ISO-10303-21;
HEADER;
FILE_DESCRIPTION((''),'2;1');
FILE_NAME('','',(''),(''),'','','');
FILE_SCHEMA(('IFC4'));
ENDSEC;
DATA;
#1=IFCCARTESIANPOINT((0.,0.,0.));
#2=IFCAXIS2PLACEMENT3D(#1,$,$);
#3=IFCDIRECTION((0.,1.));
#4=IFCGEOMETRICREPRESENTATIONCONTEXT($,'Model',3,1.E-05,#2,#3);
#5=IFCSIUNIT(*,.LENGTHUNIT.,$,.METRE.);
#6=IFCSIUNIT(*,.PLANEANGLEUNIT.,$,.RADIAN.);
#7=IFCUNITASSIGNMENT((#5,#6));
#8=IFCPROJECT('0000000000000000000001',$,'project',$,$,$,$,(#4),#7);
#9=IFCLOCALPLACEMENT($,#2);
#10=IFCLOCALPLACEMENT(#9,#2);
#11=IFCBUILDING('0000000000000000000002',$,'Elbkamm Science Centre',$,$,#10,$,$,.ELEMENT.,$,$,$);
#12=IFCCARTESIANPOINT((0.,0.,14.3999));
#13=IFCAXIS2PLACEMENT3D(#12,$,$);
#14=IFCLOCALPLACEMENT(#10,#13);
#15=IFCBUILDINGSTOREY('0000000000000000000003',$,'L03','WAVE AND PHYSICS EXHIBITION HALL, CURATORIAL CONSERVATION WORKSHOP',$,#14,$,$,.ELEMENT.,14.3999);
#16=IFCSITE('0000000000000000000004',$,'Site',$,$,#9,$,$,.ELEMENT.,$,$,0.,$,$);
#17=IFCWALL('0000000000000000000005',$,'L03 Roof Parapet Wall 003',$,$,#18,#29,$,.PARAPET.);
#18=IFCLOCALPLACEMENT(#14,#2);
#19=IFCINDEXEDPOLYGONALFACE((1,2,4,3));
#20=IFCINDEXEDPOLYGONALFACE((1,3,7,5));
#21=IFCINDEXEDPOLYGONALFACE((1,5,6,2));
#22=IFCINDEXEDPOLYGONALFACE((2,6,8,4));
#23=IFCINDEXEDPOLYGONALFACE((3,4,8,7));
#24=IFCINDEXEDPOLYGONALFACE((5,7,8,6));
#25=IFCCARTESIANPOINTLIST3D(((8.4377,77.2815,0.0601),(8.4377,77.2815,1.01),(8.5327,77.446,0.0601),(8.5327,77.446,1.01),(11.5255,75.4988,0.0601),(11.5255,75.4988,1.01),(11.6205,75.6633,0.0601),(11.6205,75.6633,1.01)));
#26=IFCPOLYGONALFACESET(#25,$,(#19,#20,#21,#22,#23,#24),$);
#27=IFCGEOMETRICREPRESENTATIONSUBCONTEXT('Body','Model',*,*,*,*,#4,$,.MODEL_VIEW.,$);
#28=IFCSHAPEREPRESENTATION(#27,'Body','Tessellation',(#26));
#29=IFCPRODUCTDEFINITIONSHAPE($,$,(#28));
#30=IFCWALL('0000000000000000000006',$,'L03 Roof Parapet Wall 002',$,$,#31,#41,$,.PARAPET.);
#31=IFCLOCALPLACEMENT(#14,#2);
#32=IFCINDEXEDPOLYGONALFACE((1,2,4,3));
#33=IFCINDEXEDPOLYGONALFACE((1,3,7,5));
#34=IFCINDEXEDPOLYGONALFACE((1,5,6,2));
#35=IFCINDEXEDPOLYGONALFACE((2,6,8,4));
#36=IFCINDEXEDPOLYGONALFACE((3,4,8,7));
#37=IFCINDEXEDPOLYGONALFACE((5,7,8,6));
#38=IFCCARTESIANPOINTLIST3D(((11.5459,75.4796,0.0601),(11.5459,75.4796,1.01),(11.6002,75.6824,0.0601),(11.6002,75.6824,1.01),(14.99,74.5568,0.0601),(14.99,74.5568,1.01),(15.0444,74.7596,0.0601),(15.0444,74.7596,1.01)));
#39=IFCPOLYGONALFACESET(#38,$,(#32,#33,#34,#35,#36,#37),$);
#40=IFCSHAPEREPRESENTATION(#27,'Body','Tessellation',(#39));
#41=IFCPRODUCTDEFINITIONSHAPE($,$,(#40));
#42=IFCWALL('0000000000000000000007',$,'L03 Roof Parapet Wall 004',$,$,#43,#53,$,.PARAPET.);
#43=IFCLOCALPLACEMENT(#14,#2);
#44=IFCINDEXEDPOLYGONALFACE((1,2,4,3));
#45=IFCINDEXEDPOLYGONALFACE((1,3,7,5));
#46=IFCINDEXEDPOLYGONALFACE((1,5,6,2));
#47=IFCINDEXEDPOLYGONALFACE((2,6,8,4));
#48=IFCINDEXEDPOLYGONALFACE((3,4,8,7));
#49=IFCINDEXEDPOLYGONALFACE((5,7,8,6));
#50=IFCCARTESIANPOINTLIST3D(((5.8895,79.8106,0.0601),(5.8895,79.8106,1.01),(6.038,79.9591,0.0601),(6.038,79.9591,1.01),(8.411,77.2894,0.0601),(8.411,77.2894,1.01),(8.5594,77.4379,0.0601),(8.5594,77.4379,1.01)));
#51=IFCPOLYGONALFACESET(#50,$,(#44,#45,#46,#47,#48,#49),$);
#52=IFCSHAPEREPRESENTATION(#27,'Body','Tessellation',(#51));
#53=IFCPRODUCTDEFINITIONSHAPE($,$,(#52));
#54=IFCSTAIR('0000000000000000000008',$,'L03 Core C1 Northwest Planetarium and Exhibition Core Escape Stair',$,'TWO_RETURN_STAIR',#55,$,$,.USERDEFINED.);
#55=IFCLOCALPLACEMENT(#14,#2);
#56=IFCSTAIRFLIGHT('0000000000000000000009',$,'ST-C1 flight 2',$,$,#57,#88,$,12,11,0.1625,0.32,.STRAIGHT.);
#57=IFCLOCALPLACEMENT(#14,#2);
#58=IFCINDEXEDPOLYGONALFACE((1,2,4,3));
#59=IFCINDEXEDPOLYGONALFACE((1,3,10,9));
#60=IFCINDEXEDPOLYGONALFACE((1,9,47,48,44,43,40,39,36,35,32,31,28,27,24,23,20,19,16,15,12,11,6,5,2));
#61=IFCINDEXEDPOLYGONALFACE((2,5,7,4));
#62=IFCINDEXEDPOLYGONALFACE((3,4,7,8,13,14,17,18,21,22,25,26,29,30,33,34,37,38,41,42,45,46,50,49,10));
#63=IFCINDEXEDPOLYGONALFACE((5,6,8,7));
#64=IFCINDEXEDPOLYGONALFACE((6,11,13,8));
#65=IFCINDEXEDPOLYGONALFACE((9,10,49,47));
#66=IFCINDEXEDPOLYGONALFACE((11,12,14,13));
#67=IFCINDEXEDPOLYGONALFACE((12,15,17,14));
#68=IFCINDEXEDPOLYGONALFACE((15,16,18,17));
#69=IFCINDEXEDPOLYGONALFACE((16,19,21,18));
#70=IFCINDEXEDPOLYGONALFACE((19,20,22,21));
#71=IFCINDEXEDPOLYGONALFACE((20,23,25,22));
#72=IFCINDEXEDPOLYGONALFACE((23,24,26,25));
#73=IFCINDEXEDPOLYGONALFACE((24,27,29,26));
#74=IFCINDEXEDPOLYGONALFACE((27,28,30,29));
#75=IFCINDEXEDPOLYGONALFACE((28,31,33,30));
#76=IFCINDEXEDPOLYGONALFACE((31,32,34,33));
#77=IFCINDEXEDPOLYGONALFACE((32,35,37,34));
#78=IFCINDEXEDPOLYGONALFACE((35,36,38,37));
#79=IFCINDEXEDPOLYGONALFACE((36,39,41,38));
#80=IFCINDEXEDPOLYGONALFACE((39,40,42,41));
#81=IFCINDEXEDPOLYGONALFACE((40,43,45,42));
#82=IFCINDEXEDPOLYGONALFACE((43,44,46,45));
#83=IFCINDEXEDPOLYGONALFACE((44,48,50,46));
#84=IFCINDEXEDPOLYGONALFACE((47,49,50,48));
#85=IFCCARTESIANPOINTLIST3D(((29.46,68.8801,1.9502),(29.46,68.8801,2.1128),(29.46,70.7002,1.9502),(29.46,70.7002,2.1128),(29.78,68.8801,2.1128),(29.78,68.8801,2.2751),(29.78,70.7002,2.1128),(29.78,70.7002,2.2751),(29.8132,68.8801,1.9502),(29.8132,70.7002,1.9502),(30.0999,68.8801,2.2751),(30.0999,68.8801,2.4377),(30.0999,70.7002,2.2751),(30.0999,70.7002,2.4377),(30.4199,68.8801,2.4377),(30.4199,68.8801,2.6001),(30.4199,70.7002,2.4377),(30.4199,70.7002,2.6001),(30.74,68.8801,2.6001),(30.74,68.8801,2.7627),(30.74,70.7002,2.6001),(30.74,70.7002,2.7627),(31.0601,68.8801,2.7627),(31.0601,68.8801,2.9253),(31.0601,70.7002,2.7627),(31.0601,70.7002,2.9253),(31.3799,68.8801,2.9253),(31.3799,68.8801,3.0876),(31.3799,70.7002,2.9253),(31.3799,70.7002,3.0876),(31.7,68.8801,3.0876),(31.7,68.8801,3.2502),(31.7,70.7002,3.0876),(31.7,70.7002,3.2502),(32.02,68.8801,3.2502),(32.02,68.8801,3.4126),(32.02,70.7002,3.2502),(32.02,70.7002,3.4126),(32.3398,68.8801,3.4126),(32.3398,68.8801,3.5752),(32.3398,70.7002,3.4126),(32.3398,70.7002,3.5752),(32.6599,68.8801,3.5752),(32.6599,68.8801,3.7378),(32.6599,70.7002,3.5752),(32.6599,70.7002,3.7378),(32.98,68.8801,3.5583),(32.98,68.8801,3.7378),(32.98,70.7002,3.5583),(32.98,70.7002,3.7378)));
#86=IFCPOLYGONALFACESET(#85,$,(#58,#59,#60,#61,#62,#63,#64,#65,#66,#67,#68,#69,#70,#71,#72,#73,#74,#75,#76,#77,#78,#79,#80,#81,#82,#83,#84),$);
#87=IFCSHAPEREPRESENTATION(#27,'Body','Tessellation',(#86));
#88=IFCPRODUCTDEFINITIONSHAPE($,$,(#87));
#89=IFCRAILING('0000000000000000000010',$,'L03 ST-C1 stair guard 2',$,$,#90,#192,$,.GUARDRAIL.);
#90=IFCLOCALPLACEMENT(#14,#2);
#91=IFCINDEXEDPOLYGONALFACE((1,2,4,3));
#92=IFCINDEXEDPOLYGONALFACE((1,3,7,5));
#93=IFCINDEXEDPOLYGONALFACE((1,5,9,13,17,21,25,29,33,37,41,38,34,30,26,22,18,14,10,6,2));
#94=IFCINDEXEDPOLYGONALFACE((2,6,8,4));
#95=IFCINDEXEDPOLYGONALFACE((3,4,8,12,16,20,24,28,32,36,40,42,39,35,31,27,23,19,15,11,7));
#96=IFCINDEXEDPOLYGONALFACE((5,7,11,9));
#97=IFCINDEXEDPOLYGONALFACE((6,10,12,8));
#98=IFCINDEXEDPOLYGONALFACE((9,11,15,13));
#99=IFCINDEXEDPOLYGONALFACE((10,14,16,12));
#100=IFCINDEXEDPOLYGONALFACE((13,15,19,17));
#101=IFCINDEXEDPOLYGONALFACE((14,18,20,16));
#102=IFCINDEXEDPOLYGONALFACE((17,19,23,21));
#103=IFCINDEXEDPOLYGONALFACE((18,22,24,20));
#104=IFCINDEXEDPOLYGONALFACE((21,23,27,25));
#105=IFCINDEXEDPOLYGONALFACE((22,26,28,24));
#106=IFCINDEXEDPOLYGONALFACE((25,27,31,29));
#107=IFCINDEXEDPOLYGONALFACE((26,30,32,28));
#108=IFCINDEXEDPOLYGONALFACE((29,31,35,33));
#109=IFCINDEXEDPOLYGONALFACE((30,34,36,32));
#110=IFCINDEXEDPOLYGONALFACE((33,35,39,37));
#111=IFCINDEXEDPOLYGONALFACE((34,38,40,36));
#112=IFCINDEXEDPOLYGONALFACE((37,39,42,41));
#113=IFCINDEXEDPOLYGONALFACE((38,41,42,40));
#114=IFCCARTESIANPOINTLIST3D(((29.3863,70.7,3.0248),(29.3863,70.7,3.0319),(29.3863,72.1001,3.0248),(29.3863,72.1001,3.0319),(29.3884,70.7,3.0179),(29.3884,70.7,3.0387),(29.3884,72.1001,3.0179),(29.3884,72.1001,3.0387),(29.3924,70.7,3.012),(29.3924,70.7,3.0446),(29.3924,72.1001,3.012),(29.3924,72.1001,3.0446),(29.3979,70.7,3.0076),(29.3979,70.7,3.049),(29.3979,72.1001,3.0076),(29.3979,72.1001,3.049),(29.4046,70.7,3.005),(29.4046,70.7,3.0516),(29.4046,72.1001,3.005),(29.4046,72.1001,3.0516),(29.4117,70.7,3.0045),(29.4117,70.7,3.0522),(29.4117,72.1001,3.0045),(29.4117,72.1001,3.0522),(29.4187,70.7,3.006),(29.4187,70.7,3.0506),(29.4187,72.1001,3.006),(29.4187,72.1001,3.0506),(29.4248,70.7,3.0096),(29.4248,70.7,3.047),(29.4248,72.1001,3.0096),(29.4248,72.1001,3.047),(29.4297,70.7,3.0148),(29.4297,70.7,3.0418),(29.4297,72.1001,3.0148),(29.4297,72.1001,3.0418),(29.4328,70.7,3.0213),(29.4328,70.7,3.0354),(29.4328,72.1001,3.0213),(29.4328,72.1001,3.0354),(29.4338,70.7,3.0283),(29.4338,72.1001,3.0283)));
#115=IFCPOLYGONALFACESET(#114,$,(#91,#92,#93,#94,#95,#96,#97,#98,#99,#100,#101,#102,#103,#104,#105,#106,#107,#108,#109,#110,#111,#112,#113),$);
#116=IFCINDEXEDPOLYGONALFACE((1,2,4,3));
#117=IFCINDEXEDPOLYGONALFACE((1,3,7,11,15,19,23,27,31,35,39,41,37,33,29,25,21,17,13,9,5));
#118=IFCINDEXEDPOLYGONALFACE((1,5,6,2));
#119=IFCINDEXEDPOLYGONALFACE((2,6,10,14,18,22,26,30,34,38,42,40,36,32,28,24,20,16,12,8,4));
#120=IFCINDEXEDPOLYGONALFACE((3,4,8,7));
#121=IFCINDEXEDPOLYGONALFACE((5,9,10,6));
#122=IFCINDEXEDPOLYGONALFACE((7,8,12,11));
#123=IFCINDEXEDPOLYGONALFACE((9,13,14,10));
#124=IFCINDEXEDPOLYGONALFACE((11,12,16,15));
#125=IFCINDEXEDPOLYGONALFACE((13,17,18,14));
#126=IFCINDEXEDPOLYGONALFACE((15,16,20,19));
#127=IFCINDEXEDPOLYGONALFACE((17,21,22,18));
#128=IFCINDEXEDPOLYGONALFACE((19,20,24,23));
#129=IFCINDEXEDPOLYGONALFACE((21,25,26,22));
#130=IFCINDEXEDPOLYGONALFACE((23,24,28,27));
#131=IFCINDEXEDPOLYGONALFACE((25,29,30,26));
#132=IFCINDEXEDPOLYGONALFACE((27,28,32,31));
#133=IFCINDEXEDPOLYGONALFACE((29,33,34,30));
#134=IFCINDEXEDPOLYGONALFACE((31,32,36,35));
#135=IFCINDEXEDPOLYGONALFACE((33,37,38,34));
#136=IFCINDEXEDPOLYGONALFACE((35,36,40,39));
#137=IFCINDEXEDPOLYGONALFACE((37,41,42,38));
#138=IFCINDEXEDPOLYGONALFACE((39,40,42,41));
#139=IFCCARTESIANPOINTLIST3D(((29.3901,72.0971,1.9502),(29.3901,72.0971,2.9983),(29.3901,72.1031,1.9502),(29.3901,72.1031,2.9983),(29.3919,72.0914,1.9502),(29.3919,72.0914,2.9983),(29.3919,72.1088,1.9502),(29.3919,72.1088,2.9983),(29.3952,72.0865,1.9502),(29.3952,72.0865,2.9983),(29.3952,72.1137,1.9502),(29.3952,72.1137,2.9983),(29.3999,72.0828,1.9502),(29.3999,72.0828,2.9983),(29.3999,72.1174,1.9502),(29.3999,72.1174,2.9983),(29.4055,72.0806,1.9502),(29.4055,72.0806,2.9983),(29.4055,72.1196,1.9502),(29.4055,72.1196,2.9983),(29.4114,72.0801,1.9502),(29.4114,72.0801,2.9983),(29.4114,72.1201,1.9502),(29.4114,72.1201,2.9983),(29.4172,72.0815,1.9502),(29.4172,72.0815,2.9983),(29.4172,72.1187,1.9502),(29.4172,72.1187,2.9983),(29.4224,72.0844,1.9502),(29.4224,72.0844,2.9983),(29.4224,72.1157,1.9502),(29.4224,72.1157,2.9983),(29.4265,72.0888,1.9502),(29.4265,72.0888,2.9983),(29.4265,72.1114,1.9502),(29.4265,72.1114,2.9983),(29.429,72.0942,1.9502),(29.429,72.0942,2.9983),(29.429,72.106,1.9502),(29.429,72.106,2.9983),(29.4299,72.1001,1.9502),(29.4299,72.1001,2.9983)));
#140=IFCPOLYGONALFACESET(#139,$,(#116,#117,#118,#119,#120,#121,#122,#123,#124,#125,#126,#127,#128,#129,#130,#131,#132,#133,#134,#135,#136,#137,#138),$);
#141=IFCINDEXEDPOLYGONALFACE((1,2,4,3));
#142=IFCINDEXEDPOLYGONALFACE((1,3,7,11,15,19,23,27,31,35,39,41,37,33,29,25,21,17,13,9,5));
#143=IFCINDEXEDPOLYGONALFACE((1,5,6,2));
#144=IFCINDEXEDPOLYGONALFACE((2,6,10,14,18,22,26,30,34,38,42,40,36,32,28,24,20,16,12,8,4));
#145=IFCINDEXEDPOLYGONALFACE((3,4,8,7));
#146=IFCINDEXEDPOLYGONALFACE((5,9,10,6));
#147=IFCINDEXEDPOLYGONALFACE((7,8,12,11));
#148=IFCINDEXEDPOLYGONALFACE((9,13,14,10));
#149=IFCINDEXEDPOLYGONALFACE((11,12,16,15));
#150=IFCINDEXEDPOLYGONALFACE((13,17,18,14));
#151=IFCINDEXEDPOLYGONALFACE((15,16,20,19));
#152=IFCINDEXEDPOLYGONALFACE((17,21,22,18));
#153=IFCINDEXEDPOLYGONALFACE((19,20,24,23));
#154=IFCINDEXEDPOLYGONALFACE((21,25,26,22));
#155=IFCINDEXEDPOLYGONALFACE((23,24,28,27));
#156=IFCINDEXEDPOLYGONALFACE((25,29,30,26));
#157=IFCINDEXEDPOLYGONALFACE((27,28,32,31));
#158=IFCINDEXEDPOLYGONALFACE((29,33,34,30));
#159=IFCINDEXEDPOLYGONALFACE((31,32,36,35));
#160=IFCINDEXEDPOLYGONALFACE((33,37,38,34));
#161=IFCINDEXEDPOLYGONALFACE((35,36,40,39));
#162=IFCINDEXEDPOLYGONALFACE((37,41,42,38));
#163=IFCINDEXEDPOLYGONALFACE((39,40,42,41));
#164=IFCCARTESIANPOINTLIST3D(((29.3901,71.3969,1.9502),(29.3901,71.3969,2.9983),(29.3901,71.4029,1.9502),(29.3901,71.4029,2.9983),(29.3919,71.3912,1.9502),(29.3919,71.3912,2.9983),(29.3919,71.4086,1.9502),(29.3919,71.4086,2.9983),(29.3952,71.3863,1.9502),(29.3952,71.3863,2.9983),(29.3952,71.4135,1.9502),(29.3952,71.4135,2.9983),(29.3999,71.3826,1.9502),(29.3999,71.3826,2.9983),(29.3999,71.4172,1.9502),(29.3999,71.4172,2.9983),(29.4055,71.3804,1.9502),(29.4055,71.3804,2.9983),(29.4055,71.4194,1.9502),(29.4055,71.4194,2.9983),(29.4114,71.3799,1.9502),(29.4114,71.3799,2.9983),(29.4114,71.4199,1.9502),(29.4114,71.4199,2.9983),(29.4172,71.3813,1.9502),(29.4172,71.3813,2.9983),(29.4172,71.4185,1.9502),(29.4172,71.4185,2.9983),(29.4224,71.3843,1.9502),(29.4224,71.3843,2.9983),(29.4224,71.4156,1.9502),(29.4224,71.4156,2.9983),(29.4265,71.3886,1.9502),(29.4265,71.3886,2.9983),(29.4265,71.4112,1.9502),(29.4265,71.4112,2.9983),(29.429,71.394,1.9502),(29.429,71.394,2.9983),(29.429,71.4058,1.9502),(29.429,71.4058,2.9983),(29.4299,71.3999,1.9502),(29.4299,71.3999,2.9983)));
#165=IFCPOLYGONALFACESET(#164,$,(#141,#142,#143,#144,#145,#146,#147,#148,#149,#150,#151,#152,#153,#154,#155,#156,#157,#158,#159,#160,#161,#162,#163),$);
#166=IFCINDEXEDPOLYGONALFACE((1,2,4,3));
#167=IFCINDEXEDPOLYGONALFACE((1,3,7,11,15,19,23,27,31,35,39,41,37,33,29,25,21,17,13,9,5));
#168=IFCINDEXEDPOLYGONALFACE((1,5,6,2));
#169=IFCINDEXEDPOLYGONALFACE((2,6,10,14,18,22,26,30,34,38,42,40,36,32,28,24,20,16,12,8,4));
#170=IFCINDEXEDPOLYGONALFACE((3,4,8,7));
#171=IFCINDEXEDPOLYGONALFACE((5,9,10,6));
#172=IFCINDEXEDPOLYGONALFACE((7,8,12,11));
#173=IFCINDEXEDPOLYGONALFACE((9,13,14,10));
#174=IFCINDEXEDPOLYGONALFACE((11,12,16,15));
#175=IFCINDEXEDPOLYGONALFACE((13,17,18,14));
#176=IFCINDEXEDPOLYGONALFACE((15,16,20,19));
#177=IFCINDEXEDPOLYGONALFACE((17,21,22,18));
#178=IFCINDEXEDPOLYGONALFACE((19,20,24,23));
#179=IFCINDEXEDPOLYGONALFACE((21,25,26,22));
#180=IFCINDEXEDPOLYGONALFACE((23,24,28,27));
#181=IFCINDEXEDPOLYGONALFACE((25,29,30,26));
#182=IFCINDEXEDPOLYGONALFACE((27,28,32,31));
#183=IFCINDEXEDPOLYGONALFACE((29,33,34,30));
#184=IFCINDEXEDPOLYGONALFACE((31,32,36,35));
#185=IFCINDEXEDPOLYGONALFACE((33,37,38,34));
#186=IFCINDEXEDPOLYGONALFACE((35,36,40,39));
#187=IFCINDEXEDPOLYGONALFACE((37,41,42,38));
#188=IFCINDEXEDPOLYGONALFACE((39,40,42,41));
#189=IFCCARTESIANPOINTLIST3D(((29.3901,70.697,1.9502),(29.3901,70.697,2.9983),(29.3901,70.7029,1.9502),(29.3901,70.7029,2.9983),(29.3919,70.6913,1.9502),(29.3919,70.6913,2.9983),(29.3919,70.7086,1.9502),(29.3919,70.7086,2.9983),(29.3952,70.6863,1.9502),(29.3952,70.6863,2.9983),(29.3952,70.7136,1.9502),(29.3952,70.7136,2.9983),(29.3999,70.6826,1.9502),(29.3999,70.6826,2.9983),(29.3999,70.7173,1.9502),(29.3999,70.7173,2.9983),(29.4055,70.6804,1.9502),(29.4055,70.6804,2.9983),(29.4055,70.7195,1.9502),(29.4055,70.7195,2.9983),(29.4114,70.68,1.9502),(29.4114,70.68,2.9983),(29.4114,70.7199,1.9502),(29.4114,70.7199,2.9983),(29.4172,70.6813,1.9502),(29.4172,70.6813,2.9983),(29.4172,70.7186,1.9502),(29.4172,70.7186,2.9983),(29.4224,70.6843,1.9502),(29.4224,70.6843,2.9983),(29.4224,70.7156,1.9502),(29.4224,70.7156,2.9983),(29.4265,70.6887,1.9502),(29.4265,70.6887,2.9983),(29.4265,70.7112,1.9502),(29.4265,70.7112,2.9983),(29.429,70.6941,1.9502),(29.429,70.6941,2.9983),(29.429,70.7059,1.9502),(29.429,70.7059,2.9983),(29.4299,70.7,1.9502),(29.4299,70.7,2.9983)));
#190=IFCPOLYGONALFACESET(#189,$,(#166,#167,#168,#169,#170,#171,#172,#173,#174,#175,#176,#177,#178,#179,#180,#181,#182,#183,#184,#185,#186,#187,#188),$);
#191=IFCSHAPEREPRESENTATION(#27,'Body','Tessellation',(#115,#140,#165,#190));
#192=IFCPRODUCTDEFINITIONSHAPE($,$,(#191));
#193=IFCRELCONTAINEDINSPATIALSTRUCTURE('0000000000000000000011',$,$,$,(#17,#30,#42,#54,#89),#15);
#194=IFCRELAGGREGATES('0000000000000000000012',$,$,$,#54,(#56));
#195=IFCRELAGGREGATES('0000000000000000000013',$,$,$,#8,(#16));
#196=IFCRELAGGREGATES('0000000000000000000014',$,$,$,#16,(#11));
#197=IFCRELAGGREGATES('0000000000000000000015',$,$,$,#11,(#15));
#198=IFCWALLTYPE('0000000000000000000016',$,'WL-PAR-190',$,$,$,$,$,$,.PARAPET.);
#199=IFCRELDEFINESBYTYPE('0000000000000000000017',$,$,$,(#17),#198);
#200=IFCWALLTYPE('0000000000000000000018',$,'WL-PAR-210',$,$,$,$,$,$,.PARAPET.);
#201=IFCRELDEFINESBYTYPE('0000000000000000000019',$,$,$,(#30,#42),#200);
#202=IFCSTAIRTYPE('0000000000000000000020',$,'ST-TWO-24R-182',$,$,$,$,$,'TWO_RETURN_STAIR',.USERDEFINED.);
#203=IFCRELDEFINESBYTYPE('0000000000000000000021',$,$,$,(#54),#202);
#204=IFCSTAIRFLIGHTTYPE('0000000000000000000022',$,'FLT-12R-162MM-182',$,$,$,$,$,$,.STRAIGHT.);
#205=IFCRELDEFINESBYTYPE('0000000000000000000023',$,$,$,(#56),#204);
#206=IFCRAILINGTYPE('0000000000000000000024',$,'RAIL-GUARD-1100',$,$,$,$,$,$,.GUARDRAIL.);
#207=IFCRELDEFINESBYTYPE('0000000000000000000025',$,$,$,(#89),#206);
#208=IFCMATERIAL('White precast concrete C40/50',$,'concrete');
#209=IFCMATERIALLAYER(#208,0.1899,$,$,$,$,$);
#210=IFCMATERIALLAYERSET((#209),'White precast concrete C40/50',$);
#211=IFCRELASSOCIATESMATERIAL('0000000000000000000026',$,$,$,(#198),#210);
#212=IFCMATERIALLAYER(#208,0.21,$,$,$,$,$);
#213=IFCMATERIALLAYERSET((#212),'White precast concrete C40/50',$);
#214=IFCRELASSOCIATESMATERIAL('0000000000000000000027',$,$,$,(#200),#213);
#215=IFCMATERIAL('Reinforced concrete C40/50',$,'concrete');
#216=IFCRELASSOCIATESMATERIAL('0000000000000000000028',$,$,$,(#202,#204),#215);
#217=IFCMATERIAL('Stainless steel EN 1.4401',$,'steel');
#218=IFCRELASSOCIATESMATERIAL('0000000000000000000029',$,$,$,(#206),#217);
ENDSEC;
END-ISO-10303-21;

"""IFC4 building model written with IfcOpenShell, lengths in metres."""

from ifc_helpers import new_model, si_unit, direction, frame, frame_2d, origin, origin_2d, place, context, subcontext, project, spatial, polyline, rectangle, circle, outline, extrude, material, layer, layer_set, type_object, element, aggregate, save


model = new_model("IFC4")

# Units and contexts
model_context = context("Model", 3, precision=1e-05, world=origin(), true_north=direction((0.0, 1.0)))
body_context = subcontext(model_context, "Body", "Model", "MODEL_VIEW")
ifc_project = project(units=[si_unit("LENGTHUNIT", "METRE"), si_unit("PLANEANGLEUNIT", "RADIAN")], contexts=[model_context])

# Site, building, storey
site_placement = place(None, origin())
site = spatial("IfcSite", under=ifc_project, at=site_placement, Name="Site", CompositionType="ELEMENT", RefElevation=0.0)
building_placement = place(site_placement, origin())
building = spatial("IfcBuilding", under=site, at=building_placement, Name="Elbkamm Science Centre", CompositionType="ELEMENT")
storey_placement = place(building_placement, frame((0.0, 0.0, 14.3999)))
storey = spatial("IfcBuildingStorey", under=building, at=storey_placement, Name="L03", Description="WAVE AND PHYSICS EXHIBITION HALL, CURATORIAL CONSERVATION WORKSHOP", CompositionType="ELEMENT", Elevation=14.3999)

# Shared definitions
ifc_material_1 = material(Name="Reinforced concrete C40/50", Category="concrete")

# Walls
ifc_material_2 = material(Name="White precast concrete C40/50", Category="concrete")
ifc_layer_1 = layer(ifc_material_2, 0.1899)
ifc_layer_set_1 = layer_set([ifc_layer_1], Name="White precast concrete C40/50")
wall_type_1 = type_object("IfcWallType", Name="WL-PAR-190", PredefinedType="PARAPET", material=ifc_layer_set_1)
wall_1_placement = place(storey_placement, frame((11.573, 75.5811, 0.0601), z_axis=(0.0, 0.0, 1.0), x_axis=(-0.866035, 0.499983, 0.0)))
element("IfcWall", 1, at=wall_1_placement, inside=storey, type_object=wall_type_1, Name="L03 Roof Parapet Wall 003", PredefinedType="PARAPET", context=body_context, shape_type="SweptSolid", body=[
    extrude(rectangle(XDim=3.5654, YDim=0.1899, at=frame_2d((1.7827, 0.0))), origin(), (0.0, 0.0, 1.0), 0.95),
])
ifc_layer_2 = layer(ifc_material_2, 0.21)
ifc_layer_set_2 = layer_set([ifc_layer_2], Name="White precast concrete C40/50")
wall_type_2 = type_object("IfcWallType", Name="WL-PAR-210", PredefinedType="PARAPET", material=ifc_layer_set_2)
for number, where, z_axis, x_axis, name in (
    (2, (15.0171, 74.6582, 0.0601), (0.0, 0.0, 1.0), (-0.965925, 0.258822, 0.0), "L03 Roof Parapet Wall 002"),
    (3, (8.4851, 77.3638, 0.0601), (0.0, 0.0, 1.0), (-0.707141, 0.707073, 0.0), "L03 Roof Parapet Wall 004"),
):
    element("IfcWall", number, at=place(storey_placement, frame(where, z_axis=z_axis, x_axis=x_axis)), inside=storey, type_object=wall_type_2, Name=name, PredefinedType="PARAPET", context=body_context, shape_type="SweptSolid", body=[
        extrude(rectangle(XDim=3.5657, YDim=0.21, at=frame_2d((1.7827, 0.0))), origin(), (0.0, 0.0, 1.0), 0.95),
    ])

# Stair, stair flight
stair_type = type_object("IfcStairType", Name="ST-TWO-24R-182", ElementType="TWO_RETURN_STAIR", PredefinedType="USERDEFINED", material=ifc_material_1)
stair_placement = place(storey_placement, origin())
stair = element("IfcStair", 4, at=stair_placement, inside=storey, type_object=stair_type, Name="L03 Core C1 Northwest Planetarium and Exhibition Core Escape Stair", ObjectType="TWO_RETURN_STAIR", PredefinedType="USERDEFINED")
stair_flight_type = type_object("IfcStairFlightType", Name="FLT-12R-162MM-182", PredefinedType="STRAIGHT", material=ifc_material_1)
stair_flight_placement = place(storey_placement, frame((29.46, 69.79, 1.9502), z_axis=(0.0, 0.0, 1.0), x_axis=(1.0, 0.0, 0.0)))
stair_flight = element("IfcStairFlight", 5, at=stair_flight_placement, type_object=stair_flight_type, Name="ST-C1 flight 2", NumberOfRisers=12, NumberOfTreads=11, PredefinedType="STRAIGHT", RiserHeight=0.1625, TreadLength=0.32, context=body_context, shape_type="SweptSolid", body=[
    extrude(outline(polyline([(0.0, 0.0), (0.0, 0.1626), (0.3201, 0.1626), (0.3201, 0.325), (0.6399, 0.325), (0.6399, 0.4875), (0.96, 0.4875), (0.96, 0.6499), (1.28, 0.6499), (1.28, 0.8125), (1.6001, 0.8125), (1.6001, 0.9751), (1.9199, 0.9751), (1.9199, 1.1375), (2.24, 1.1375), (2.24, 1.3), (2.5601, 1.3), (2.5601, 1.4624), (2.8799, 1.4624), (2.8799, 1.625), (3.2, 1.625), (3.2, 1.7876), (3.52, 1.7876), (3.52, 1.95), (3.52, 1.6082), (0.3533, 0.0), (0.0, 0.0)])), frame((0.0, 0.9102, 0.0), z_axis=(0.0, -1.0, 0.0), x_axis=(1.0, 0.0, 0.0)), (0.0, 0.0, 1.0), 1.8201),
])
aggregate(stair, [stair_flight])

# Railing
ifc_material_3 = material(Name="Stainless steel EN 1.4401", Category="steel")
railing_type_1 = type_object("IfcRailingType", Name="RAIL-GUARD-1100", PredefinedType="GUARDRAIL", material=ifc_material_3)
railing_1_placement = place(storey_placement, frame((29.4099, 72.1001, 1.9502)))
element("IfcRailing", 6, at=railing_1_placement, inside=storey, type_object=railing_type_1, Name="L03 ST-C1 stair guard 2", PredefinedType="GUARDRAIL", context=body_context, shape_type="SweptSolid", body=[
    extrude(circle(Radius=0.0239, at=origin_2d()), frame((0.0, 0.0, 1.0781), z_axis=(0.0, -1.0, 0.0), x_axis=(1.0, 0.0, 0.0)), (0.0, 0.0, 1.0), 1.4001),
    extrude(circle(Radius=0.02, at=origin_2d()), origin(), (0.0, 0.0, 1.0), 1.0481),
    extrude(circle(Radius=0.02, at=origin_2d()), frame((0.0, -0.7002, 0.0)), (0.0, 0.0, 1.0), 1.0481),
    extrude(circle(Radius=0.02, at=origin_2d()), frame((0.0, -1.4001, 0.0)), (0.0, 0.0, 1.0), 1.0481),
])

save(model, "model.ifc")
